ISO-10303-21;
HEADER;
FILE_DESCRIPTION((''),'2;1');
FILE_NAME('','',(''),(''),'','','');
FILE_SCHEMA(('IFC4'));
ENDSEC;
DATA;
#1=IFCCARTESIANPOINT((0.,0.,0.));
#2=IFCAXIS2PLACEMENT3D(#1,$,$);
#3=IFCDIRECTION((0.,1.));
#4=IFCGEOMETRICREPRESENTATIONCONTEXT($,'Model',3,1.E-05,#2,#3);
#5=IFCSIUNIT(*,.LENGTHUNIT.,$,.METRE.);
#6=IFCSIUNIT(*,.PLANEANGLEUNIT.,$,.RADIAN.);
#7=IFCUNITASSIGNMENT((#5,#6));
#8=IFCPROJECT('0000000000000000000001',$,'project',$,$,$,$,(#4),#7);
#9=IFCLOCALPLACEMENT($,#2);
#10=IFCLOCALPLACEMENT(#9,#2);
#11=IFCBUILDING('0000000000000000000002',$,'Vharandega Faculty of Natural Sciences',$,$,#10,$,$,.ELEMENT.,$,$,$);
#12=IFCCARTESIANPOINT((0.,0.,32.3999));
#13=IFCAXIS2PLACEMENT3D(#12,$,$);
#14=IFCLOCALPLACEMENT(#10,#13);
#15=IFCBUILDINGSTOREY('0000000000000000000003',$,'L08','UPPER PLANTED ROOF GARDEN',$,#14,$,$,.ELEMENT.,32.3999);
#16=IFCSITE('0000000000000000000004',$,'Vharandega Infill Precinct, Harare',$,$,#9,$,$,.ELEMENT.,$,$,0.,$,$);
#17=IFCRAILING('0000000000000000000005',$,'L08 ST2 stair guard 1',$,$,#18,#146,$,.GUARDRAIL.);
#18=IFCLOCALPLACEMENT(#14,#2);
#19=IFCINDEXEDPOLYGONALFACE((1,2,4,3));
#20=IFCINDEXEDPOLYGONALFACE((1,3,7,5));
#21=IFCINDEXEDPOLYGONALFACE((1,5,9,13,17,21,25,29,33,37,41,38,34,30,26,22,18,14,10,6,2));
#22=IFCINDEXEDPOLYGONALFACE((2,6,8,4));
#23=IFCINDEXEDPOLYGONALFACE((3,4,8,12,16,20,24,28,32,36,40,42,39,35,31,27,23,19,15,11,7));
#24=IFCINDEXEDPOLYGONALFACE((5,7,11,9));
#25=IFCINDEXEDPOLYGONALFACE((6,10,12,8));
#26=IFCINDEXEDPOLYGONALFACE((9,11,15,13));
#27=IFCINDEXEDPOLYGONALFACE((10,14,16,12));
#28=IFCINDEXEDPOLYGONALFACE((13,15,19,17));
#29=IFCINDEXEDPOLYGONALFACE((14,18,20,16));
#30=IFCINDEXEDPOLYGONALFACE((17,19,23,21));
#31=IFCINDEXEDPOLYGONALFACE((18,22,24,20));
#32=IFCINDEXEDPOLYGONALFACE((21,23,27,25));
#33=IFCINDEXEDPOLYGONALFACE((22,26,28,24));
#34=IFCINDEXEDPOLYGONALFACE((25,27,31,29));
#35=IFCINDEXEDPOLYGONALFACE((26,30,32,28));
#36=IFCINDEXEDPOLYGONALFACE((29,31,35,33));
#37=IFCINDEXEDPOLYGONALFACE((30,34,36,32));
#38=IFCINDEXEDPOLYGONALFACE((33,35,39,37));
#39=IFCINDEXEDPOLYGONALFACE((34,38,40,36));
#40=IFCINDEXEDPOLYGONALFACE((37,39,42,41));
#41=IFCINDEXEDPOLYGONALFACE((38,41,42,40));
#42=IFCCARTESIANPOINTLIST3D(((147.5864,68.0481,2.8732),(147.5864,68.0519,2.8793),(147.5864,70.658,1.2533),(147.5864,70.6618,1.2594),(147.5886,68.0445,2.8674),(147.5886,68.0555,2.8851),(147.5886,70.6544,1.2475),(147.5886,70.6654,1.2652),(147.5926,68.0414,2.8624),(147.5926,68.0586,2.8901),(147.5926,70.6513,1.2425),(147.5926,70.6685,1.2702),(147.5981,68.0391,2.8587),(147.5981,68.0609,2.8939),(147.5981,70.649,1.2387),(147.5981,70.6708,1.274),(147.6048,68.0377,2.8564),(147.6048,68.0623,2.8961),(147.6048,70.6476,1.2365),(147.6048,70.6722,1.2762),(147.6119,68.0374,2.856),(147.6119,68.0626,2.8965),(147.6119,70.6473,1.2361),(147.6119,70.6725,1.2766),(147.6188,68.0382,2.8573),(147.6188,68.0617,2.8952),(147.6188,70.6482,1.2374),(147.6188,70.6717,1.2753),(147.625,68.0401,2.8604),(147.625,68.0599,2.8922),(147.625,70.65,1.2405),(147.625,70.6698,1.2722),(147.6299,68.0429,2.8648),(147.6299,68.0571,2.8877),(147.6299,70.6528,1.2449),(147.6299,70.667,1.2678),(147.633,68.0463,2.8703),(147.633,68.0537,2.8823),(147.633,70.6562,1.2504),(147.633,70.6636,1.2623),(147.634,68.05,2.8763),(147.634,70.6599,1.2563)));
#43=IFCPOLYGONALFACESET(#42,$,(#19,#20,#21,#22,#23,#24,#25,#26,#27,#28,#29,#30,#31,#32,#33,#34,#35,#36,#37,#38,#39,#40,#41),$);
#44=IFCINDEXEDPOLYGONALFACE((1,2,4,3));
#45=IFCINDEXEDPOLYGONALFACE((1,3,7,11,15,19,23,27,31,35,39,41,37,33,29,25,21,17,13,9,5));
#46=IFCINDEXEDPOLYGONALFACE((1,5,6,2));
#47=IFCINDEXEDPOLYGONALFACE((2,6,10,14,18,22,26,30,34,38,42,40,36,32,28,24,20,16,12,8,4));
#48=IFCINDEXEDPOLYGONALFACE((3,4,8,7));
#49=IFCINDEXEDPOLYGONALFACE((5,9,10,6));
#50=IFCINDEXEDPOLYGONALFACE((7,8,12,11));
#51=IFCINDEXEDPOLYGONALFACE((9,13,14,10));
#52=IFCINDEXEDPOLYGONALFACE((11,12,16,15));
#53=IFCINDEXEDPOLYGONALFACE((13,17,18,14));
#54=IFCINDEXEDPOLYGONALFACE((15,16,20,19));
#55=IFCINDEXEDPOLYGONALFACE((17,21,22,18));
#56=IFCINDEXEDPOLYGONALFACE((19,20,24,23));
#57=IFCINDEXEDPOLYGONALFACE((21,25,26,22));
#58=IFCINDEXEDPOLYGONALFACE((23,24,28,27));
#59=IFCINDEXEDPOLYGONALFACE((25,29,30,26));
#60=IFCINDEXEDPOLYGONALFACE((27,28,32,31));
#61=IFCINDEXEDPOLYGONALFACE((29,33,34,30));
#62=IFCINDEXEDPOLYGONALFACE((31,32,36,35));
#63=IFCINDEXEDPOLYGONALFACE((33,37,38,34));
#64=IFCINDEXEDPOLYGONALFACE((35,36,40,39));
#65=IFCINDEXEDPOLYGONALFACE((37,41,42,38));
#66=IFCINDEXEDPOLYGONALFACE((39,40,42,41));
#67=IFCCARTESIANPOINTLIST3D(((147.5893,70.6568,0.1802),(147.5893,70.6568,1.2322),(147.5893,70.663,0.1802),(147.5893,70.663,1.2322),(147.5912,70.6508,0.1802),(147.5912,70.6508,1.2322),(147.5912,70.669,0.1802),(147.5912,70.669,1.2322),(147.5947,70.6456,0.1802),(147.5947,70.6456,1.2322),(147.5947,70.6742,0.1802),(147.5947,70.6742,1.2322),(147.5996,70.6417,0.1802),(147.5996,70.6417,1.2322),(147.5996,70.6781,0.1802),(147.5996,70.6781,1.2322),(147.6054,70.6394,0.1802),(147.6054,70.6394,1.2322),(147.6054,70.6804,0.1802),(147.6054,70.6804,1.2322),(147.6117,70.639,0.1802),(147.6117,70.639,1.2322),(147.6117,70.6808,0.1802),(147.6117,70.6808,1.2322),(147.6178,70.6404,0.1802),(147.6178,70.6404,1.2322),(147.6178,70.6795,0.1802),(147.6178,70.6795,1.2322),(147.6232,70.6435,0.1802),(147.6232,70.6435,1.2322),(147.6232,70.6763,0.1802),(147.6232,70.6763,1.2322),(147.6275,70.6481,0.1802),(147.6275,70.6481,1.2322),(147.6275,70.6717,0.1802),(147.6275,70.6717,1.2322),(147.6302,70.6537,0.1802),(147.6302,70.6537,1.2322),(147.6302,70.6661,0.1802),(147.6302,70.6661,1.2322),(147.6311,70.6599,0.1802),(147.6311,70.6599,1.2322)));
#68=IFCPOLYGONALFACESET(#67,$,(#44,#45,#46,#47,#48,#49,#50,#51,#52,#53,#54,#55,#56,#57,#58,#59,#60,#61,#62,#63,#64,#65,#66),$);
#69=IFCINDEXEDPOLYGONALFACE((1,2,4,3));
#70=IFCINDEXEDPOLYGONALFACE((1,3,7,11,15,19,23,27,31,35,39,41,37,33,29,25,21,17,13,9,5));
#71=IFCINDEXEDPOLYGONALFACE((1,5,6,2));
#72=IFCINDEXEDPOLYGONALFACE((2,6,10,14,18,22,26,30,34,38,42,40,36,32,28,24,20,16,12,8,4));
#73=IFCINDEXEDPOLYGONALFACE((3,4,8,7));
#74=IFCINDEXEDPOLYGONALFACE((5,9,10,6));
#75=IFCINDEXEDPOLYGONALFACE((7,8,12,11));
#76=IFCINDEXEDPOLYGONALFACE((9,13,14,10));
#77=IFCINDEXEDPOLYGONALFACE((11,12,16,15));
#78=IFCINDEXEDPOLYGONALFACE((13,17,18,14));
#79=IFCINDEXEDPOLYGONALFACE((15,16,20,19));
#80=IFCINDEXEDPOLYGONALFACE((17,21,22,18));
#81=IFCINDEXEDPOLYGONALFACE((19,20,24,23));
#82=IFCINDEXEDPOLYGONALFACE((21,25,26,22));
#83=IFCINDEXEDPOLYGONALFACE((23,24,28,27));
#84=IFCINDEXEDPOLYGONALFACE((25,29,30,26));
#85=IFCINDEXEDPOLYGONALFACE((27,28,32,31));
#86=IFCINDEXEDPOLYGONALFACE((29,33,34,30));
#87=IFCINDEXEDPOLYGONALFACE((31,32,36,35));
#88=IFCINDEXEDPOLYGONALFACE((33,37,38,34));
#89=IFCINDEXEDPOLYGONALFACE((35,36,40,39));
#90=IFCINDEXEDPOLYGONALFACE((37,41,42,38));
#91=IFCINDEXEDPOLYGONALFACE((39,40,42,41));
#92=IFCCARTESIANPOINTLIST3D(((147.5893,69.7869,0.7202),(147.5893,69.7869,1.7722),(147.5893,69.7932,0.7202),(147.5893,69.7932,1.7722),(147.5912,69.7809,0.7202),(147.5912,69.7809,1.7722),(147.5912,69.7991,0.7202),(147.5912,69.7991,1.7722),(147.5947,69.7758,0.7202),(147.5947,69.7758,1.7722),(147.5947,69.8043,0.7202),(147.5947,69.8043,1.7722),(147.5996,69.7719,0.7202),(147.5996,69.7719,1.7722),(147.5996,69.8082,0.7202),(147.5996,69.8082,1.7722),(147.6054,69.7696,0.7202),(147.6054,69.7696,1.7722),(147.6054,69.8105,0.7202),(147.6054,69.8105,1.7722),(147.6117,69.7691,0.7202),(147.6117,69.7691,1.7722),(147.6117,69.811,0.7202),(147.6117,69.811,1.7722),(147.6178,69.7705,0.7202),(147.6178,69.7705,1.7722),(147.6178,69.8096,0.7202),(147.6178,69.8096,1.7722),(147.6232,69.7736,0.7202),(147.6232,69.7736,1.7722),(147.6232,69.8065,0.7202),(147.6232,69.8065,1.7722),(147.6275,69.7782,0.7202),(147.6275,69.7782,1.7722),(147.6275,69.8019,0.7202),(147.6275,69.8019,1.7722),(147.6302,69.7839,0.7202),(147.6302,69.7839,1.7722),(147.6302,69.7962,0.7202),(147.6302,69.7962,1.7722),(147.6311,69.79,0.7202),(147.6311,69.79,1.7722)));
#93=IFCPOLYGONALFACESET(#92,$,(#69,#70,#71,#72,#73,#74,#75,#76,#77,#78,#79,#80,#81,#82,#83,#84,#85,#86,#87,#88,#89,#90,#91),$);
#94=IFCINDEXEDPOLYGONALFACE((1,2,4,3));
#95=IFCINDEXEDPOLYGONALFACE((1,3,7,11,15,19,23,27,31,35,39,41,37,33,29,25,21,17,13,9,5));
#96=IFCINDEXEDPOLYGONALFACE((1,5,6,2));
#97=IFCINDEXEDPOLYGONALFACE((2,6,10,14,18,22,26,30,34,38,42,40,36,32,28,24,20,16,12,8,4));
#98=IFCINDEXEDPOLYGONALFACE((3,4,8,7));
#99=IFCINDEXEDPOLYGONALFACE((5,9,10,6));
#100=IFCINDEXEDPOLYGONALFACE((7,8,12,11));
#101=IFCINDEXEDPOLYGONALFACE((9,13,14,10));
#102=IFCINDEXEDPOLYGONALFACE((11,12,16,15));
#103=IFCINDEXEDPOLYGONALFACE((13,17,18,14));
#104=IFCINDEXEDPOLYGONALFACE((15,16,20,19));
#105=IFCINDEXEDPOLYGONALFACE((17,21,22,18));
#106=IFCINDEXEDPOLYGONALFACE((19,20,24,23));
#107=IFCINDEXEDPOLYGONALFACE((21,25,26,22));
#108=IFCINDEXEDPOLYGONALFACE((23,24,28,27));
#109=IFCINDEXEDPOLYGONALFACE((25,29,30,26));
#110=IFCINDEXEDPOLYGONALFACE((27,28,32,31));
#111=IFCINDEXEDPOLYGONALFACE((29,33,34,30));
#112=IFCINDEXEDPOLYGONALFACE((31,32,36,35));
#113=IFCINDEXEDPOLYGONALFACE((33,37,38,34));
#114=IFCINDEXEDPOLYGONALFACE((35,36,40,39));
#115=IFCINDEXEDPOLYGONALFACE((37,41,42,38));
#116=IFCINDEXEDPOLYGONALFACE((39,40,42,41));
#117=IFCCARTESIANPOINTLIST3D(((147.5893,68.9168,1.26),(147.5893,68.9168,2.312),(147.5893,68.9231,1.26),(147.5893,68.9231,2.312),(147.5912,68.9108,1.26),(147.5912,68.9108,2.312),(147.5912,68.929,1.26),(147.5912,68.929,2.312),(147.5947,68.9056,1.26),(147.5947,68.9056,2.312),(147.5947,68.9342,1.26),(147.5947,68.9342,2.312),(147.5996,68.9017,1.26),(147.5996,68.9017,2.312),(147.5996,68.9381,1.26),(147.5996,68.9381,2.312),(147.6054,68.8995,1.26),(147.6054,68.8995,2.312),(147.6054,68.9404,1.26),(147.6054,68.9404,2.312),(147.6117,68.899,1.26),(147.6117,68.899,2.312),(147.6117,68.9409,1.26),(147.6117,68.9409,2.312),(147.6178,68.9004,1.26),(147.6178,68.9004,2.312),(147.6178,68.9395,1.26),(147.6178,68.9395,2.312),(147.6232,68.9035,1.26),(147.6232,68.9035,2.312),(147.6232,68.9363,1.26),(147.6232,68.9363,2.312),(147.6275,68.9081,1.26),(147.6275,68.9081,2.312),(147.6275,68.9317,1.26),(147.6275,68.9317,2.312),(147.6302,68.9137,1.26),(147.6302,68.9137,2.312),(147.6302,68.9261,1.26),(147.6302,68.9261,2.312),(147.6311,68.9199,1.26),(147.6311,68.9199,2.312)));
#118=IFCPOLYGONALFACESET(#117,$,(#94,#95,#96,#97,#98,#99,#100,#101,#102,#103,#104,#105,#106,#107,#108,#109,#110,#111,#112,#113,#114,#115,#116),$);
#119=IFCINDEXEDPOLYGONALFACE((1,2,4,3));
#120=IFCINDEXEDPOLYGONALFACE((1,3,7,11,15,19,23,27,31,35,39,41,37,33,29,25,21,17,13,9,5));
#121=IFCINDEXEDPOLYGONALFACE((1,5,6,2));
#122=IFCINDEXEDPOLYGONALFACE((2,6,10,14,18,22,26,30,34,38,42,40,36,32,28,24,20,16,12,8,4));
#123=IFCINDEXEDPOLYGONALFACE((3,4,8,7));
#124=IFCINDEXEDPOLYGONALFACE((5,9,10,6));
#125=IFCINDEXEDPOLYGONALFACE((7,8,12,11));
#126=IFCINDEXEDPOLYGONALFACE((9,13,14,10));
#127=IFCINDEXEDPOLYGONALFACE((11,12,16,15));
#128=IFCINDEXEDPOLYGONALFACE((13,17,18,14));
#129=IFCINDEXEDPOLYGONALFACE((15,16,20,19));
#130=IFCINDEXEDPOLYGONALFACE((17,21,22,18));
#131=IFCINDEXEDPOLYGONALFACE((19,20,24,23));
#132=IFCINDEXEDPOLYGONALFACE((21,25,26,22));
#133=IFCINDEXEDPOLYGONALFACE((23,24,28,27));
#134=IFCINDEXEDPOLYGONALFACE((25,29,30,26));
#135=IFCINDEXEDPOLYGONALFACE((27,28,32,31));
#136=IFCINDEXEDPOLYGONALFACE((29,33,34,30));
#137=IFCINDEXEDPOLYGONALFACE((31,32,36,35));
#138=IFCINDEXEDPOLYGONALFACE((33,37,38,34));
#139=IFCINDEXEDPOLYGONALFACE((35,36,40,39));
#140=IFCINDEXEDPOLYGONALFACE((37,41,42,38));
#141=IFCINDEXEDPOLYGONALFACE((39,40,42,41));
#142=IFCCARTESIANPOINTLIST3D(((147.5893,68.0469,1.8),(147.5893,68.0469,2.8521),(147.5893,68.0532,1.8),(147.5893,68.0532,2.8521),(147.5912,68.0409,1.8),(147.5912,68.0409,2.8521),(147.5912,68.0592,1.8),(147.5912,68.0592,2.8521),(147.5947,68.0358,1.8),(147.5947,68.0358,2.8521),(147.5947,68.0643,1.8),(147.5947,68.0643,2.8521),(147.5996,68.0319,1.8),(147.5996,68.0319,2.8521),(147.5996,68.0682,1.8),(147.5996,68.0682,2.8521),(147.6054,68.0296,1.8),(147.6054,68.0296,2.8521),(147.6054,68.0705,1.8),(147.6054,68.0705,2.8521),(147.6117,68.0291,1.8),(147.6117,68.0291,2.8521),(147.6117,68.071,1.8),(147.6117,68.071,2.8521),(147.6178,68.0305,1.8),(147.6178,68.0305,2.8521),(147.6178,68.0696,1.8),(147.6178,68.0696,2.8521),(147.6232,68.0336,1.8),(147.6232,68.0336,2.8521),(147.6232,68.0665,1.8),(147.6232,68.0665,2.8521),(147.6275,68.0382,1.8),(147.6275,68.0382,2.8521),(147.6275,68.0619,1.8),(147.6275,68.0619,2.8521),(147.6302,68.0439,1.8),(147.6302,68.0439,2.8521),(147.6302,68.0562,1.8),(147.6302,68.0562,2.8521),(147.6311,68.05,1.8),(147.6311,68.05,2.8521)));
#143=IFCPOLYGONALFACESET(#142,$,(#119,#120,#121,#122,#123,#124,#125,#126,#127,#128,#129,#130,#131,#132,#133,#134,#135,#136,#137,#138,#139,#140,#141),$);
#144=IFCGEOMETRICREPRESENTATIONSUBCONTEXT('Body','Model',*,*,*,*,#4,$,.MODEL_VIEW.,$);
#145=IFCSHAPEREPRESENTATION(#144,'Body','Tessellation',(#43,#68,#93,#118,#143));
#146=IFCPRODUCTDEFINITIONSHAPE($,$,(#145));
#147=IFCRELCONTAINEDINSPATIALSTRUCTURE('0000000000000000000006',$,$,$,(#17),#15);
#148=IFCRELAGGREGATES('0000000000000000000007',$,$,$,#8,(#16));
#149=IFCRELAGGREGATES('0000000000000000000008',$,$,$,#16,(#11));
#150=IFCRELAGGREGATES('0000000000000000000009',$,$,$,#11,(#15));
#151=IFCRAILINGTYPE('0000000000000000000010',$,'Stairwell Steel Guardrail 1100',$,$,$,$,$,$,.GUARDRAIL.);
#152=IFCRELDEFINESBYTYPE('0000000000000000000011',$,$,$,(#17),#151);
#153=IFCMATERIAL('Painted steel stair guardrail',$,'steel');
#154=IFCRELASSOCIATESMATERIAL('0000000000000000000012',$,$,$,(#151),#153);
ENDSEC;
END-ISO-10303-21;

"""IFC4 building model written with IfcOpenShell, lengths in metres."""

from ifc_helpers import new_model, si_unit, direction, frame, origin, origin_2d, place, context, subcontext, project, spatial, circle, extrude, material, type_object, element, save


model = new_model("IFC4")

# Units and contexts
model_context = context("Model", 3, precision=1e-05, world=origin(), true_north=direction((0.0, 1.0)))
body_context = subcontext(model_context, "Body", "Model", "MODEL_VIEW")
ifc_project = project(units=[si_unit("LENGTHUNIT", "METRE"), si_unit("PLANEANGLEUNIT", "RADIAN")], contexts=[model_context])

# Site, building, storey
site_placement = place(None, origin())
site = spatial("IfcSite", under=ifc_project, at=site_placement, Name="Vharandega Infill Precinct, Harare", CompositionType="ELEMENT", RefElevation=0.0)
building_placement = place(site_placement, origin())
building = spatial("IfcBuilding", under=site, at=building_placement, Name="Vharandega Faculty of Natural Sciences", CompositionType="ELEMENT")
storey_placement = place(building_placement, frame((0.0, 0.0, 32.3999)))
storey = spatial("IfcBuildingStorey", under=building, at=storey_placement, Name="L08", Description="UPPER PLANTED ROOF GARDEN", CompositionType="ELEMENT", Elevation=32.3999)

# Railing
ifc_material_1 = material(Name="Painted steel stair guardrail", Category="steel")
railing_type_1 = type_object("IfcRailingType", Name="Stairwell Steel Guardrail 1100", PredefinedType="GUARDRAIL", material=ifc_material_1)
railing_1_placement = place(storey_placement, frame((147.6101, 70.6599, 0.1802)))
element("IfcRailing", 1, at=railing_1_placement, inside=storey, type_object=railing_type_1, Name="L08 ST2 stair guard 1", PredefinedType="GUARDRAIL", context=body_context, shape_type="SweptSolid", body=[
    extrude(circle(Radius=0.0239, at=origin_2d()), frame((0.0, 0.0, 1.0762), z_axis=(0.0, -0.849646, 0.527353), x_axis=(1.0, 0.0, 0.0)), (0.0, 0.0, 1.0), 3.0718),
    extrude(circle(Radius=0.021, at=origin_2d()), origin(), (0.0, 0.0, 1.0), 1.052),
    extrude(circle(Radius=0.021, at=origin_2d()), frame((0.0, -0.8699, 0.54)), (0.0, 0.0, 1.0), 1.052),
    extrude(circle(Radius=0.021, at=origin_2d()), frame((0.0, -1.74, 1.0798)), (0.0, 0.0, 1.0), 1.052),
    extrude(circle(Radius=0.021, at=origin_2d()), frame((0.0, -2.6099, 1.6199)), (0.0, 0.0, 1.0), 1.052),
])

save(model, "model.ifc")
